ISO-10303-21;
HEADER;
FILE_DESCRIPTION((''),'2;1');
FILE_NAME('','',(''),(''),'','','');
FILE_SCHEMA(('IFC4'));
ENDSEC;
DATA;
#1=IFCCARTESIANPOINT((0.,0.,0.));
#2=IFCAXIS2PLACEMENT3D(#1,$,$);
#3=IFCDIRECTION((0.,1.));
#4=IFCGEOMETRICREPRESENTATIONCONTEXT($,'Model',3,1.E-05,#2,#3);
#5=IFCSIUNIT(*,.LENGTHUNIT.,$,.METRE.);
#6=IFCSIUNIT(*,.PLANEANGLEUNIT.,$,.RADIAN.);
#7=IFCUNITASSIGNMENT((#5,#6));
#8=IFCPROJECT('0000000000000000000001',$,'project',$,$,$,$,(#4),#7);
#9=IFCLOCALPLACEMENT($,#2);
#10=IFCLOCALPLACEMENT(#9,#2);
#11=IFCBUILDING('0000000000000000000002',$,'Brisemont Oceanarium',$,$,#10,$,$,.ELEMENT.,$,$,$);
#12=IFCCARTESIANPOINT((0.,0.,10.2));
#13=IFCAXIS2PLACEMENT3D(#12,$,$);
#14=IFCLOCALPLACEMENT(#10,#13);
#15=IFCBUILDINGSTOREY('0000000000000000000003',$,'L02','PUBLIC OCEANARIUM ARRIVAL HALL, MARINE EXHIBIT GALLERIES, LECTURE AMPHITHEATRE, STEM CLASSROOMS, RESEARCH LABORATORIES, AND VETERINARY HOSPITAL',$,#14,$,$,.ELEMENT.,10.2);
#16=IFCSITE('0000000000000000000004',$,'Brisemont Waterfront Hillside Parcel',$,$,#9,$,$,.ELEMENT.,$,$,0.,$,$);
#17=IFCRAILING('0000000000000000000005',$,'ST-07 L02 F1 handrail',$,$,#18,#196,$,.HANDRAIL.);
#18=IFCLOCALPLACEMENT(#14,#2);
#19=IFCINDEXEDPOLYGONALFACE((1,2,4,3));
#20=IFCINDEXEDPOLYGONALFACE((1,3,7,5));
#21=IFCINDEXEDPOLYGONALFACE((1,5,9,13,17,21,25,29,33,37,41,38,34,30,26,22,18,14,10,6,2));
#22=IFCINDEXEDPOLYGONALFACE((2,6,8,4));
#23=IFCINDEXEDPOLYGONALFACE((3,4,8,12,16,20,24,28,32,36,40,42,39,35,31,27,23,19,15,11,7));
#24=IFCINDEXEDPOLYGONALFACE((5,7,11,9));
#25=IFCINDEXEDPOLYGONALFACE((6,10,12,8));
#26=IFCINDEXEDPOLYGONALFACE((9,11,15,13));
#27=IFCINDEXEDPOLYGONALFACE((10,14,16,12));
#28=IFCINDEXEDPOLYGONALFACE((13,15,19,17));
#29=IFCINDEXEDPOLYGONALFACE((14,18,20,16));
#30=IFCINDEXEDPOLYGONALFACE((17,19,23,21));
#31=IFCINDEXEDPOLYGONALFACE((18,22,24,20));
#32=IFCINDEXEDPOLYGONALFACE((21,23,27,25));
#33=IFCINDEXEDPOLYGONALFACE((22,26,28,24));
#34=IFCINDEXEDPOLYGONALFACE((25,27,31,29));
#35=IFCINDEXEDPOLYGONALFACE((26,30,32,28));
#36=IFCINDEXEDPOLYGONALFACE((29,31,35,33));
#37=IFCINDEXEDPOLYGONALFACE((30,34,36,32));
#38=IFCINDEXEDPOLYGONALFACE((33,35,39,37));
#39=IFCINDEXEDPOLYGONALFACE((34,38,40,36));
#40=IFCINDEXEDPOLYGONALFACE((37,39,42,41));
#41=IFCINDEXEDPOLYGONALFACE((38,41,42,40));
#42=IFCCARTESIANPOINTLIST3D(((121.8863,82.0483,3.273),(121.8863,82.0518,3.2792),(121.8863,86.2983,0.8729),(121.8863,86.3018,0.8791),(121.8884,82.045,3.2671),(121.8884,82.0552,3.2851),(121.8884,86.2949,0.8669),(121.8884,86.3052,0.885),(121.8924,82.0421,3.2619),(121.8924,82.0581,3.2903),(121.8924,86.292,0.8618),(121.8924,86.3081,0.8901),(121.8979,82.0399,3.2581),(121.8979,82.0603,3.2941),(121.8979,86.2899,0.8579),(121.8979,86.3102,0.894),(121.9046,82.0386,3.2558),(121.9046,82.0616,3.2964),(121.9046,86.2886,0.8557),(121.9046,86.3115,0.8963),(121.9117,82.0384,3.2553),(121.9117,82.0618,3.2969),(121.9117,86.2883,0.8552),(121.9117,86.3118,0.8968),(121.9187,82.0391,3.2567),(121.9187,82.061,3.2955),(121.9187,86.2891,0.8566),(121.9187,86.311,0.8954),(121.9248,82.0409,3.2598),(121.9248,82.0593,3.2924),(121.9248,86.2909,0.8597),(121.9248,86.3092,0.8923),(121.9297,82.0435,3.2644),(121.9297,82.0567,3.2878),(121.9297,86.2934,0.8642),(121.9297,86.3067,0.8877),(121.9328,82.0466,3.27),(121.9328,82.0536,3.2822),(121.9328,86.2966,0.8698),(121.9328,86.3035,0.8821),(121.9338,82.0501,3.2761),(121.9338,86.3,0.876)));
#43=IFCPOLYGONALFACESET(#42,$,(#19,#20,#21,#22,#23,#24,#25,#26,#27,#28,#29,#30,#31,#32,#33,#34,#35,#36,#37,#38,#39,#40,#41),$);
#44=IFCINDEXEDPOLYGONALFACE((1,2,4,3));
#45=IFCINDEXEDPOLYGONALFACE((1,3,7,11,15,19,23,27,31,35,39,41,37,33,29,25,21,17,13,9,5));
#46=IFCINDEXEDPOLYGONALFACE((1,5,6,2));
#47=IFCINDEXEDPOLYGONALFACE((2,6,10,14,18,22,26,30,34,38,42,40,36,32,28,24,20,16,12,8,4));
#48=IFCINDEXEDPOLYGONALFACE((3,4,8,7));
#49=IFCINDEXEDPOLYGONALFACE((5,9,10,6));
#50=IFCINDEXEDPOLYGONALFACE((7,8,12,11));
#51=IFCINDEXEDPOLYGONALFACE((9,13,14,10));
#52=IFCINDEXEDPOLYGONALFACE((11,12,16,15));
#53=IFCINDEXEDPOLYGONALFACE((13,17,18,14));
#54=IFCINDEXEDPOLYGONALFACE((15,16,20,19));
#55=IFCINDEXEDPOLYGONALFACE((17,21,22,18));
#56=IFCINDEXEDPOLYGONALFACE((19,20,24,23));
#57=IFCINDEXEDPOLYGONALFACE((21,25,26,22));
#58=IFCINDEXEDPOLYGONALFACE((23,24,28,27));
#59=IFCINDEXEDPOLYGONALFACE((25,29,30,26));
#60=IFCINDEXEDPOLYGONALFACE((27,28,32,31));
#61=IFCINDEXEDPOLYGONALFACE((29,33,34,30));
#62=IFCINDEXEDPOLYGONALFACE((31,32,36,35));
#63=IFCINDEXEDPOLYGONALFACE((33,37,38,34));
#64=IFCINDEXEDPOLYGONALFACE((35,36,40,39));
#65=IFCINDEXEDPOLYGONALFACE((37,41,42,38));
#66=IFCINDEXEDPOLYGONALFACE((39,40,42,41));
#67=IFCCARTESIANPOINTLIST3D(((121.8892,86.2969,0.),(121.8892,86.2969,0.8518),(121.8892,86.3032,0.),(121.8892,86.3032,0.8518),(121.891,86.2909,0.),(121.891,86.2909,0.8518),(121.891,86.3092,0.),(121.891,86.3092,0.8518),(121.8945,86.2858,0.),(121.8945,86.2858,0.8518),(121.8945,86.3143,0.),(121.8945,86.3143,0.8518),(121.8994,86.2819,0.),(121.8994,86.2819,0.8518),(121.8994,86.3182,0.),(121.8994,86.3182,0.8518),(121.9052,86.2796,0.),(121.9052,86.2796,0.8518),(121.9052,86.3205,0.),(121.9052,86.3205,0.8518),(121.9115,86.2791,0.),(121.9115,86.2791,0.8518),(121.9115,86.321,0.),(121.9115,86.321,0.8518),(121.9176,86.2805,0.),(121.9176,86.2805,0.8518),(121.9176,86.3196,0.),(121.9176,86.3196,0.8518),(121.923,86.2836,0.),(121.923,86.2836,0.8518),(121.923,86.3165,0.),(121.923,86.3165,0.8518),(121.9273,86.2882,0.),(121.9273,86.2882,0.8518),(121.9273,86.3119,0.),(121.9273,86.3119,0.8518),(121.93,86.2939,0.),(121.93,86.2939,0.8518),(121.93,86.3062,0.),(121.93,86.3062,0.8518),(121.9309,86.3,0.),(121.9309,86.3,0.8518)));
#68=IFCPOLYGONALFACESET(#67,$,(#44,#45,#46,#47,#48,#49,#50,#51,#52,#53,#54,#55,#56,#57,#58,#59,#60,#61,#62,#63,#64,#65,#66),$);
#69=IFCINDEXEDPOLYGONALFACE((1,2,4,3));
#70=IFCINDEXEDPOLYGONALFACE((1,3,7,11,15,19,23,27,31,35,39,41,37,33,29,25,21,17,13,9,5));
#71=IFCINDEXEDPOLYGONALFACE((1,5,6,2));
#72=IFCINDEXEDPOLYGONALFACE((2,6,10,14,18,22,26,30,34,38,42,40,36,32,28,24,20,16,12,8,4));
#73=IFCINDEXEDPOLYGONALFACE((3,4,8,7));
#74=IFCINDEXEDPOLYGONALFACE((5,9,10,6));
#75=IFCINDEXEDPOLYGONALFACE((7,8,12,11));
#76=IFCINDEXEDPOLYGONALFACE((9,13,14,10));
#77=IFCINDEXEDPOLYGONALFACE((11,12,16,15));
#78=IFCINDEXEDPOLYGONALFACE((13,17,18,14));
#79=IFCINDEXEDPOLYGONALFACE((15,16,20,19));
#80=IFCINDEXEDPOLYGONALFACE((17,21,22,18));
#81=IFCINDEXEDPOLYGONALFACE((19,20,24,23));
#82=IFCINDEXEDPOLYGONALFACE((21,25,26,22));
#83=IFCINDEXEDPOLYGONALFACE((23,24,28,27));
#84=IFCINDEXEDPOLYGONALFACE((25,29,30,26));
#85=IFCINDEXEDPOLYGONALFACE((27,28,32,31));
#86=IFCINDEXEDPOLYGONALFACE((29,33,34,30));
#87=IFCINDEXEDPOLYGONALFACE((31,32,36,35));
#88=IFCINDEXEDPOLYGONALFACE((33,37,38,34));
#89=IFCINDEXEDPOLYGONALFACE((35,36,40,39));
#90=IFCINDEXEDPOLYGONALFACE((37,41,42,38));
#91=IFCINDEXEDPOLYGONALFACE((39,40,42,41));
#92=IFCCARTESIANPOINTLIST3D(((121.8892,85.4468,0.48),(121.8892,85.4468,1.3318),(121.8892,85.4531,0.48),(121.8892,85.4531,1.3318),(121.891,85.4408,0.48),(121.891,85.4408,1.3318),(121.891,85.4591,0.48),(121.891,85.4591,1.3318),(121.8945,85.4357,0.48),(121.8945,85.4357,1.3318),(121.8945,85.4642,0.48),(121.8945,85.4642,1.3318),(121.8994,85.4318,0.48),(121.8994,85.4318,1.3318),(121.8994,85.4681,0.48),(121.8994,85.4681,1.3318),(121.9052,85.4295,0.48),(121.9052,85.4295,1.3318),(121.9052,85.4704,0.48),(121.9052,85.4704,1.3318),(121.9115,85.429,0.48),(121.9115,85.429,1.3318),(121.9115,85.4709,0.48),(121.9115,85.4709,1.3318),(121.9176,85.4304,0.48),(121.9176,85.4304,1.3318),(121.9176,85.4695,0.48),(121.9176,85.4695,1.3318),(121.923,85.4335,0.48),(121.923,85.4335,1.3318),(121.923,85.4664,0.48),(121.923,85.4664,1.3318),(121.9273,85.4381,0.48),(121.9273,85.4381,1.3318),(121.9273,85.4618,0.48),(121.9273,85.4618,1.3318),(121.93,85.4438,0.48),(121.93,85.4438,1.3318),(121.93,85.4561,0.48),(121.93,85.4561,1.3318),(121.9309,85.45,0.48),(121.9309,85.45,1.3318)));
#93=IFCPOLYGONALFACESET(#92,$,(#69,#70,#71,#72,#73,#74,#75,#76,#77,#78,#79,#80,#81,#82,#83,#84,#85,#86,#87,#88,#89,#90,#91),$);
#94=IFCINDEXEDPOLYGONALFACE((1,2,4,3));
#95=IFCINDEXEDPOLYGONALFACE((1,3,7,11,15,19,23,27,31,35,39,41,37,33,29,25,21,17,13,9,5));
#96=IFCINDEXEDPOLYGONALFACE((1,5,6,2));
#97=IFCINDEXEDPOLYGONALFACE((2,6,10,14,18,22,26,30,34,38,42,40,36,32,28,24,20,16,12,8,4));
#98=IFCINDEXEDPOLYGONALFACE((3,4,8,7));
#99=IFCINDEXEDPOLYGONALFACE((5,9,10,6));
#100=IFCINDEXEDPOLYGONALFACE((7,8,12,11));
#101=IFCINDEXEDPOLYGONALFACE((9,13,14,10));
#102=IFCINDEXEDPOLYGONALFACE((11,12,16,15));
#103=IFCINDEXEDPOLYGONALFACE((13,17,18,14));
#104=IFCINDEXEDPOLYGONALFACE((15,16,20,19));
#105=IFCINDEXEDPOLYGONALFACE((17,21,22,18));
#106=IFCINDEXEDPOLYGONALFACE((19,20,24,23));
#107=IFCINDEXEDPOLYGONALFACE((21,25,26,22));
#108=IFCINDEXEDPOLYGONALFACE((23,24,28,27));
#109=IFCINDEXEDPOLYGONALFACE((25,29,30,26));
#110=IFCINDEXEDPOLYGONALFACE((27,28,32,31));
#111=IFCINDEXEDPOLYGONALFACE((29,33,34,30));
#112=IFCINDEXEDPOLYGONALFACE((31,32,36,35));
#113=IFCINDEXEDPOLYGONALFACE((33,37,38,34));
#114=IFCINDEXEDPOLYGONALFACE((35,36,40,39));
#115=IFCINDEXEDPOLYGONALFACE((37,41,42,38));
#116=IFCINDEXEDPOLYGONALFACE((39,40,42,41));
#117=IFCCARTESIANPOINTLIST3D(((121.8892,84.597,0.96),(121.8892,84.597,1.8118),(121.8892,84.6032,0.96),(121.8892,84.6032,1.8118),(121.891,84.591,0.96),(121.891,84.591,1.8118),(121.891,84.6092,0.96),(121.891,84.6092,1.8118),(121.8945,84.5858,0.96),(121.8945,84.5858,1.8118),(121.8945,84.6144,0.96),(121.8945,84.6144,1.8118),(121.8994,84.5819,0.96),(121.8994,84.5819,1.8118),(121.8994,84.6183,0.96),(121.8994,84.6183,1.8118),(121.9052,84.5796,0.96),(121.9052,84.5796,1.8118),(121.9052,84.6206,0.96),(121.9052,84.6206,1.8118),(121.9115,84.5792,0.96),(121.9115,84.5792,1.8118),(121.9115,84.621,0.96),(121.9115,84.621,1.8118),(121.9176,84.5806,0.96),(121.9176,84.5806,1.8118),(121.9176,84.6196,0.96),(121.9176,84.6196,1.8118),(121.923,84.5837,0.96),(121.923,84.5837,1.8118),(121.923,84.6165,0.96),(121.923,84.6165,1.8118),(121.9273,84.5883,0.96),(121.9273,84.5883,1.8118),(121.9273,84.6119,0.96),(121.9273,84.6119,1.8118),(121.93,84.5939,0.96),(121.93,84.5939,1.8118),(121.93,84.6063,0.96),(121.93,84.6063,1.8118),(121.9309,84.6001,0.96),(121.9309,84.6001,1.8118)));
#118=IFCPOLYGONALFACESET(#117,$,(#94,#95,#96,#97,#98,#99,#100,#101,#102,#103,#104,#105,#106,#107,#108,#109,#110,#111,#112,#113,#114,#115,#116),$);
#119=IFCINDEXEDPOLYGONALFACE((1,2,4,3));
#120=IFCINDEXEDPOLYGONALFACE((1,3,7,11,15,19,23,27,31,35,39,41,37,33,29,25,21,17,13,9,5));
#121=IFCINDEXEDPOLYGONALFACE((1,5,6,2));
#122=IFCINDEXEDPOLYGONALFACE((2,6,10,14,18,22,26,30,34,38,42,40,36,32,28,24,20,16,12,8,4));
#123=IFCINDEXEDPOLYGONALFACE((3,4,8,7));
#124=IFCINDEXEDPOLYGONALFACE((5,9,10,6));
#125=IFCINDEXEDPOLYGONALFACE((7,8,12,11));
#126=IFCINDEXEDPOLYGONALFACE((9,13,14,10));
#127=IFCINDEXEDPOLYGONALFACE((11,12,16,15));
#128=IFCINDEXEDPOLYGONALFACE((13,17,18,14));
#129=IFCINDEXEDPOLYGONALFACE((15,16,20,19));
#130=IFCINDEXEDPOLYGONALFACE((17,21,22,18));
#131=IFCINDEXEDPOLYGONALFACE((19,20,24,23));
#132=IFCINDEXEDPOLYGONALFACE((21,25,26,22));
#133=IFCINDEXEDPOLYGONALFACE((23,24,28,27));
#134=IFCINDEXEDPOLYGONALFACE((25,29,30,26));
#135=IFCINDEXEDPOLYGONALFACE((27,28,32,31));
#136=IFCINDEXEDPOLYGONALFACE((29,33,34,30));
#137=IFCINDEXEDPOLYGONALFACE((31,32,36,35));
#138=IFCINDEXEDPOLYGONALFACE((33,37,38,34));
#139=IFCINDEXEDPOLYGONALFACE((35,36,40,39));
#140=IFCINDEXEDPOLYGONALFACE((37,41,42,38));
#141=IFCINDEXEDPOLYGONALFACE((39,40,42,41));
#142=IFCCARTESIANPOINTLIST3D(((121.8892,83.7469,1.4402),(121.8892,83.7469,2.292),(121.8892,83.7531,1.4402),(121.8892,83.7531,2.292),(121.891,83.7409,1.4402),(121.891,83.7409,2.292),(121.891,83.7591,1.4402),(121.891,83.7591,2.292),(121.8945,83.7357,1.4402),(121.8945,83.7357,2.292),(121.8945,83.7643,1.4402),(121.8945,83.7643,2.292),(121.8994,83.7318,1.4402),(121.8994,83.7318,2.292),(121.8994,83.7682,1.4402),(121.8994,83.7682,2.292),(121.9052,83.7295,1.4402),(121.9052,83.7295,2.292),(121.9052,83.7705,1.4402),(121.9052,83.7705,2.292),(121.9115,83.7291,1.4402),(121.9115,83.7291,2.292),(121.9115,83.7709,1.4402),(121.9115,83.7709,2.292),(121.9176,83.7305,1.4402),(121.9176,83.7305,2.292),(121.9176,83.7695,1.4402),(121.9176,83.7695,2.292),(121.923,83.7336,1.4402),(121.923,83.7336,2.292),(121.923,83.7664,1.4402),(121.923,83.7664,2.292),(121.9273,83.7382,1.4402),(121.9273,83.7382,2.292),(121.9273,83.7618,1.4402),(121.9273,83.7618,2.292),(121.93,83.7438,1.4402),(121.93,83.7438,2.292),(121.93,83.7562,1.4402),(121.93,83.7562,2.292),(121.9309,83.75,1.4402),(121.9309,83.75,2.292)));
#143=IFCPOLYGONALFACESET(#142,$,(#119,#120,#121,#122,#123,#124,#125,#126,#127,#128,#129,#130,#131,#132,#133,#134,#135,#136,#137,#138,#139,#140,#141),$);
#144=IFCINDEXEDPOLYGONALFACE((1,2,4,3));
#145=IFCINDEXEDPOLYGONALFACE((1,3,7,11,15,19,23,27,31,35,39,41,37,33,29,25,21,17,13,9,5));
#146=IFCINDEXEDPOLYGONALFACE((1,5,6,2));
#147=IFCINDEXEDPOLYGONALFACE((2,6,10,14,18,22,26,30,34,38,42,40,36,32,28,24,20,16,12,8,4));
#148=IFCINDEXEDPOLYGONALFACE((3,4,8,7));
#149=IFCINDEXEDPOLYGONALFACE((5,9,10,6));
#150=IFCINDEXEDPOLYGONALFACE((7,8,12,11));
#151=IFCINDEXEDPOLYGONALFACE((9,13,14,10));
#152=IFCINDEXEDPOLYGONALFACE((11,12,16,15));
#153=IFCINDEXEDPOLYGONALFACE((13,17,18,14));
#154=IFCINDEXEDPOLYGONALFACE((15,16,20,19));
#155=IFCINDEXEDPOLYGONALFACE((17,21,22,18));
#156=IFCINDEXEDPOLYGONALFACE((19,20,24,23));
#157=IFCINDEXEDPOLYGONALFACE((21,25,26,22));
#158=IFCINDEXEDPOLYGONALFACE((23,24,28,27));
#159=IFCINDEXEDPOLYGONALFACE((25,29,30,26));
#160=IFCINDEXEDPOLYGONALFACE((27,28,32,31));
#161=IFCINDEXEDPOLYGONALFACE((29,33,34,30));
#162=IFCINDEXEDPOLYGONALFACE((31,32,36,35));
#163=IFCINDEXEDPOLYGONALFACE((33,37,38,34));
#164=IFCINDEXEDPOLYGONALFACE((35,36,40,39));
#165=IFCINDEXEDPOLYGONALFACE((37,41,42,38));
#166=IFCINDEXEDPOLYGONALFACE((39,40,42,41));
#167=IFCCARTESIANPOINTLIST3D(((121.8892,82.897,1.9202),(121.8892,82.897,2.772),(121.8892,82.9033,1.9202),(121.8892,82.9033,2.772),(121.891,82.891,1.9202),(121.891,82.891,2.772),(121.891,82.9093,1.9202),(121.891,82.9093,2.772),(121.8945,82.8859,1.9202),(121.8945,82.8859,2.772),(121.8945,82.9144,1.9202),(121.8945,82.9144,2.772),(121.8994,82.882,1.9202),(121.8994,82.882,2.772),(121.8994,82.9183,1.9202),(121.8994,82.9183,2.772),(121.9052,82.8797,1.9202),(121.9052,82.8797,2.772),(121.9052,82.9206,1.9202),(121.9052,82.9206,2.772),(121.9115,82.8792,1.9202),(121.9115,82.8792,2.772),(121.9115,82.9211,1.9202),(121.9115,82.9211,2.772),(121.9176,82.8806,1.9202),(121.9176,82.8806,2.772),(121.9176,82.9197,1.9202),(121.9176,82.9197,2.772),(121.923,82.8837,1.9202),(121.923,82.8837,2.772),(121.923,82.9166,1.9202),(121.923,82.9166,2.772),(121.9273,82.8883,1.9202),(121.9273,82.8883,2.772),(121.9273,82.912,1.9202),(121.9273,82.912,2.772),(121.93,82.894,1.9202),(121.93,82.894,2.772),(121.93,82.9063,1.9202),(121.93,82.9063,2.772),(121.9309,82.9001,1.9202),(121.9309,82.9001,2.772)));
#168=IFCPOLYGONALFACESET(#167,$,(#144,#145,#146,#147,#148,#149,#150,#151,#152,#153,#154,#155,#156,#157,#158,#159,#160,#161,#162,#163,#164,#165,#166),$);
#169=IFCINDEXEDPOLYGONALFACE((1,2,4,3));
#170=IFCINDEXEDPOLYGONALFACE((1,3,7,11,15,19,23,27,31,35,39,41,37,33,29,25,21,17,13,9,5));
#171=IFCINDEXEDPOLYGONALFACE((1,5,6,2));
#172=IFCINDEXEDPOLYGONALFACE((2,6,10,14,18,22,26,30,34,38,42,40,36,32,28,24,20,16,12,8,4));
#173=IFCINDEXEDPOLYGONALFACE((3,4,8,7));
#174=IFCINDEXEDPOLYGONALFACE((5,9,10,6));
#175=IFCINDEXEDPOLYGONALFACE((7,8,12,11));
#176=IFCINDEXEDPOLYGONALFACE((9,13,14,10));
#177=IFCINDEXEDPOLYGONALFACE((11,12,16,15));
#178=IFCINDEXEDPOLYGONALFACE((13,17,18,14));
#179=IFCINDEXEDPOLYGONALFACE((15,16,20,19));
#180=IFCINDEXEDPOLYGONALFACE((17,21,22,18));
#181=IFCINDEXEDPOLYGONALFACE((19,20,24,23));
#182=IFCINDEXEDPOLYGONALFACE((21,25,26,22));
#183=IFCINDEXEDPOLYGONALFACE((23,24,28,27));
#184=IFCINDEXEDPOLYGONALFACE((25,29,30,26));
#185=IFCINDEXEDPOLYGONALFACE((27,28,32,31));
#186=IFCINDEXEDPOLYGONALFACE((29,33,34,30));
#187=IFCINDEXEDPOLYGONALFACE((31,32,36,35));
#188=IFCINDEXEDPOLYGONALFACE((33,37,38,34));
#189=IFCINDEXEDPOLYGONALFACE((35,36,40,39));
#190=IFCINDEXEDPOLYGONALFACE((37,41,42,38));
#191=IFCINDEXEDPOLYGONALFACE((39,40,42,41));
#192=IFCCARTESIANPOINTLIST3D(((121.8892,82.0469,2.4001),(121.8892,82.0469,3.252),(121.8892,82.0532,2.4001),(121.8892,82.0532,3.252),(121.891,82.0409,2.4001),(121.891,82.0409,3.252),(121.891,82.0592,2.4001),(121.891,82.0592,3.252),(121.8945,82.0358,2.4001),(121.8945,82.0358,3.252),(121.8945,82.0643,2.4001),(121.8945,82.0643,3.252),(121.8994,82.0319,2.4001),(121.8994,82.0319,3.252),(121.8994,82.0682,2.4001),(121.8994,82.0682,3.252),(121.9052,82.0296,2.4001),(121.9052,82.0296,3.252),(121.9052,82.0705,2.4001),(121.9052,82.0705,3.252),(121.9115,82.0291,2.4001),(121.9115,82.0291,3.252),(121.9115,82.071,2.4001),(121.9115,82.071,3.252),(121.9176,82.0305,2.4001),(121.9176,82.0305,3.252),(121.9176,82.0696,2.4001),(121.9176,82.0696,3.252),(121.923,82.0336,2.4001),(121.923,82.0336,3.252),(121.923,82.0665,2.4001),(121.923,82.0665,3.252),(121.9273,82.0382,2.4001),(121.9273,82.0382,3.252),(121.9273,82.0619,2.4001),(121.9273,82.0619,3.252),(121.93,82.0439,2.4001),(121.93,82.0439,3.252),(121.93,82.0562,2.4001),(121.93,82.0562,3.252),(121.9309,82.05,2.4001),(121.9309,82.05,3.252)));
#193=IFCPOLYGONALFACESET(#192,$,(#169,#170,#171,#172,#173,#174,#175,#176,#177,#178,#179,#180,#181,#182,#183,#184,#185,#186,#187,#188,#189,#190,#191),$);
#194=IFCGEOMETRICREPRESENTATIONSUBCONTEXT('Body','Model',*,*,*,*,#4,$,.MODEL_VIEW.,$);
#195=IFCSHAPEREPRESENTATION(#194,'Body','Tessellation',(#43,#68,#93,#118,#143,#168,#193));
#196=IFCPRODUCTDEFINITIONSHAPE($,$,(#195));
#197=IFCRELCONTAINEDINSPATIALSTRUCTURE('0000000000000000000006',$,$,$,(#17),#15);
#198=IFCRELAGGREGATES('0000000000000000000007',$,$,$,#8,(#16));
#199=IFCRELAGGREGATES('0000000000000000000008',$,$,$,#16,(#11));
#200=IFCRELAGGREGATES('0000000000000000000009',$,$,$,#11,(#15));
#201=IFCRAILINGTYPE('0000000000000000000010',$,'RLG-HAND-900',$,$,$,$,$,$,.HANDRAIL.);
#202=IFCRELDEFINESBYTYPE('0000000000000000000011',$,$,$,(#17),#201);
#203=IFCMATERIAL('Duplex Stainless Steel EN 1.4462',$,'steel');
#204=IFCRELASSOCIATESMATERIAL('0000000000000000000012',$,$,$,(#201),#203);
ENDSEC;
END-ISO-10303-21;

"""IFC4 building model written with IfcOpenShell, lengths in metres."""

from ifc_helpers import new_model, si_unit, direction, frame, origin, origin_2d, place, context, subcontext, project, spatial, circle, extrude, material, type_object, element, save


model = new_model("IFC4")

# Units and contexts
model_context = context("Model", 3, precision=1e-05, world=origin(), true_north=direction((0.0, 1.0)))
body_context = subcontext(model_context, "Body", "Model", "MODEL_VIEW")
ifc_project = project(units=[si_unit("LENGTHUNIT", "METRE"), si_unit("PLANEANGLEUNIT", "RADIAN")], contexts=[model_context])

# Site, building, storey
site_placement = place(None, origin())
site = spatial("IfcSite", under=ifc_project, at=site_placement, Name="Brisemont Waterfront Hillside Parcel", CompositionType="ELEMENT", RefElevation=0.0)
building_placement = place(site_placement, origin())
building = spatial("IfcBuilding", under=site, at=building_placement, Name="Brisemont Oceanarium", CompositionType="ELEMENT")
storey_placement = place(building_placement, frame((0.0, 0.0, 10.2)))
storey = spatial("IfcBuildingStorey", under=building, at=storey_placement, Name="L02", Description="PUBLIC OCEANARIUM ARRIVAL HALL, MARINE EXHIBIT GALLERIES, LECTURE AMPHITHEATRE, STEM CLASSROOMS, RESEARCH LABORATORIES, AND VETERINARY HOSPITAL", CompositionType="ELEMENT", Elevation=10.2)

# Railing
ifc_material_1 = material(Name="Duplex Stainless Steel EN 1.4462", Category="steel")
railing_type_1 = type_object("IfcRailingType", Name="RLG-HAND-900", PredefinedType="HANDRAIL", material=ifc_material_1)
railing_1_placement = place(storey_placement, frame((121.9099, 86.3, 0.0)))
element("IfcRailing", 1, at=railing_1_placement, inside=storey, type_object=railing_type_1, Name="ST-07 L02 F1 handrail", PredefinedType="HANDRAIL", context=body_context, shape_type="SweptSolid", body=[
    extrude(circle(Radius=0.0239, at=origin_2d()), frame((0.0, 0.0, 0.876), z_axis=(0.0, -0.870741, 0.491742), x_axis=(1.0, 0.0, 0.0)), (0.0, 0.0, 1.0), 4.8809),
    extrude(circle(Radius=0.021, at=origin_2d()), origin(), (0.0, 0.0, 1.0), 0.8518),
    extrude(circle(Radius=0.021, at=origin_2d()), frame((0.0, -0.8501, 0.48)), (0.0, 0.0, 1.0), 0.8518),
    extrude(circle(Radius=0.021, at=origin_2d()), frame((0.0, -1.7, 0.96)), (0.0, 0.0, 1.0), 0.8518),
    extrude(circle(Radius=0.021, at=origin_2d()), frame((0.0, -2.55, 1.4402)), (0.0, 0.0, 1.0), 0.8518),
    extrude(circle(Radius=0.021, at=origin_2d()), frame((0.0, -3.3999, 1.9202)), (0.0, 0.0, 1.0), 0.8518),
    extrude(circle(Radius=0.021, at=origin_2d()), frame((0.0, -4.25, 2.4001)), (0.0, 0.0, 1.0), 0.8518),
])

save(model, "model.ifc")
